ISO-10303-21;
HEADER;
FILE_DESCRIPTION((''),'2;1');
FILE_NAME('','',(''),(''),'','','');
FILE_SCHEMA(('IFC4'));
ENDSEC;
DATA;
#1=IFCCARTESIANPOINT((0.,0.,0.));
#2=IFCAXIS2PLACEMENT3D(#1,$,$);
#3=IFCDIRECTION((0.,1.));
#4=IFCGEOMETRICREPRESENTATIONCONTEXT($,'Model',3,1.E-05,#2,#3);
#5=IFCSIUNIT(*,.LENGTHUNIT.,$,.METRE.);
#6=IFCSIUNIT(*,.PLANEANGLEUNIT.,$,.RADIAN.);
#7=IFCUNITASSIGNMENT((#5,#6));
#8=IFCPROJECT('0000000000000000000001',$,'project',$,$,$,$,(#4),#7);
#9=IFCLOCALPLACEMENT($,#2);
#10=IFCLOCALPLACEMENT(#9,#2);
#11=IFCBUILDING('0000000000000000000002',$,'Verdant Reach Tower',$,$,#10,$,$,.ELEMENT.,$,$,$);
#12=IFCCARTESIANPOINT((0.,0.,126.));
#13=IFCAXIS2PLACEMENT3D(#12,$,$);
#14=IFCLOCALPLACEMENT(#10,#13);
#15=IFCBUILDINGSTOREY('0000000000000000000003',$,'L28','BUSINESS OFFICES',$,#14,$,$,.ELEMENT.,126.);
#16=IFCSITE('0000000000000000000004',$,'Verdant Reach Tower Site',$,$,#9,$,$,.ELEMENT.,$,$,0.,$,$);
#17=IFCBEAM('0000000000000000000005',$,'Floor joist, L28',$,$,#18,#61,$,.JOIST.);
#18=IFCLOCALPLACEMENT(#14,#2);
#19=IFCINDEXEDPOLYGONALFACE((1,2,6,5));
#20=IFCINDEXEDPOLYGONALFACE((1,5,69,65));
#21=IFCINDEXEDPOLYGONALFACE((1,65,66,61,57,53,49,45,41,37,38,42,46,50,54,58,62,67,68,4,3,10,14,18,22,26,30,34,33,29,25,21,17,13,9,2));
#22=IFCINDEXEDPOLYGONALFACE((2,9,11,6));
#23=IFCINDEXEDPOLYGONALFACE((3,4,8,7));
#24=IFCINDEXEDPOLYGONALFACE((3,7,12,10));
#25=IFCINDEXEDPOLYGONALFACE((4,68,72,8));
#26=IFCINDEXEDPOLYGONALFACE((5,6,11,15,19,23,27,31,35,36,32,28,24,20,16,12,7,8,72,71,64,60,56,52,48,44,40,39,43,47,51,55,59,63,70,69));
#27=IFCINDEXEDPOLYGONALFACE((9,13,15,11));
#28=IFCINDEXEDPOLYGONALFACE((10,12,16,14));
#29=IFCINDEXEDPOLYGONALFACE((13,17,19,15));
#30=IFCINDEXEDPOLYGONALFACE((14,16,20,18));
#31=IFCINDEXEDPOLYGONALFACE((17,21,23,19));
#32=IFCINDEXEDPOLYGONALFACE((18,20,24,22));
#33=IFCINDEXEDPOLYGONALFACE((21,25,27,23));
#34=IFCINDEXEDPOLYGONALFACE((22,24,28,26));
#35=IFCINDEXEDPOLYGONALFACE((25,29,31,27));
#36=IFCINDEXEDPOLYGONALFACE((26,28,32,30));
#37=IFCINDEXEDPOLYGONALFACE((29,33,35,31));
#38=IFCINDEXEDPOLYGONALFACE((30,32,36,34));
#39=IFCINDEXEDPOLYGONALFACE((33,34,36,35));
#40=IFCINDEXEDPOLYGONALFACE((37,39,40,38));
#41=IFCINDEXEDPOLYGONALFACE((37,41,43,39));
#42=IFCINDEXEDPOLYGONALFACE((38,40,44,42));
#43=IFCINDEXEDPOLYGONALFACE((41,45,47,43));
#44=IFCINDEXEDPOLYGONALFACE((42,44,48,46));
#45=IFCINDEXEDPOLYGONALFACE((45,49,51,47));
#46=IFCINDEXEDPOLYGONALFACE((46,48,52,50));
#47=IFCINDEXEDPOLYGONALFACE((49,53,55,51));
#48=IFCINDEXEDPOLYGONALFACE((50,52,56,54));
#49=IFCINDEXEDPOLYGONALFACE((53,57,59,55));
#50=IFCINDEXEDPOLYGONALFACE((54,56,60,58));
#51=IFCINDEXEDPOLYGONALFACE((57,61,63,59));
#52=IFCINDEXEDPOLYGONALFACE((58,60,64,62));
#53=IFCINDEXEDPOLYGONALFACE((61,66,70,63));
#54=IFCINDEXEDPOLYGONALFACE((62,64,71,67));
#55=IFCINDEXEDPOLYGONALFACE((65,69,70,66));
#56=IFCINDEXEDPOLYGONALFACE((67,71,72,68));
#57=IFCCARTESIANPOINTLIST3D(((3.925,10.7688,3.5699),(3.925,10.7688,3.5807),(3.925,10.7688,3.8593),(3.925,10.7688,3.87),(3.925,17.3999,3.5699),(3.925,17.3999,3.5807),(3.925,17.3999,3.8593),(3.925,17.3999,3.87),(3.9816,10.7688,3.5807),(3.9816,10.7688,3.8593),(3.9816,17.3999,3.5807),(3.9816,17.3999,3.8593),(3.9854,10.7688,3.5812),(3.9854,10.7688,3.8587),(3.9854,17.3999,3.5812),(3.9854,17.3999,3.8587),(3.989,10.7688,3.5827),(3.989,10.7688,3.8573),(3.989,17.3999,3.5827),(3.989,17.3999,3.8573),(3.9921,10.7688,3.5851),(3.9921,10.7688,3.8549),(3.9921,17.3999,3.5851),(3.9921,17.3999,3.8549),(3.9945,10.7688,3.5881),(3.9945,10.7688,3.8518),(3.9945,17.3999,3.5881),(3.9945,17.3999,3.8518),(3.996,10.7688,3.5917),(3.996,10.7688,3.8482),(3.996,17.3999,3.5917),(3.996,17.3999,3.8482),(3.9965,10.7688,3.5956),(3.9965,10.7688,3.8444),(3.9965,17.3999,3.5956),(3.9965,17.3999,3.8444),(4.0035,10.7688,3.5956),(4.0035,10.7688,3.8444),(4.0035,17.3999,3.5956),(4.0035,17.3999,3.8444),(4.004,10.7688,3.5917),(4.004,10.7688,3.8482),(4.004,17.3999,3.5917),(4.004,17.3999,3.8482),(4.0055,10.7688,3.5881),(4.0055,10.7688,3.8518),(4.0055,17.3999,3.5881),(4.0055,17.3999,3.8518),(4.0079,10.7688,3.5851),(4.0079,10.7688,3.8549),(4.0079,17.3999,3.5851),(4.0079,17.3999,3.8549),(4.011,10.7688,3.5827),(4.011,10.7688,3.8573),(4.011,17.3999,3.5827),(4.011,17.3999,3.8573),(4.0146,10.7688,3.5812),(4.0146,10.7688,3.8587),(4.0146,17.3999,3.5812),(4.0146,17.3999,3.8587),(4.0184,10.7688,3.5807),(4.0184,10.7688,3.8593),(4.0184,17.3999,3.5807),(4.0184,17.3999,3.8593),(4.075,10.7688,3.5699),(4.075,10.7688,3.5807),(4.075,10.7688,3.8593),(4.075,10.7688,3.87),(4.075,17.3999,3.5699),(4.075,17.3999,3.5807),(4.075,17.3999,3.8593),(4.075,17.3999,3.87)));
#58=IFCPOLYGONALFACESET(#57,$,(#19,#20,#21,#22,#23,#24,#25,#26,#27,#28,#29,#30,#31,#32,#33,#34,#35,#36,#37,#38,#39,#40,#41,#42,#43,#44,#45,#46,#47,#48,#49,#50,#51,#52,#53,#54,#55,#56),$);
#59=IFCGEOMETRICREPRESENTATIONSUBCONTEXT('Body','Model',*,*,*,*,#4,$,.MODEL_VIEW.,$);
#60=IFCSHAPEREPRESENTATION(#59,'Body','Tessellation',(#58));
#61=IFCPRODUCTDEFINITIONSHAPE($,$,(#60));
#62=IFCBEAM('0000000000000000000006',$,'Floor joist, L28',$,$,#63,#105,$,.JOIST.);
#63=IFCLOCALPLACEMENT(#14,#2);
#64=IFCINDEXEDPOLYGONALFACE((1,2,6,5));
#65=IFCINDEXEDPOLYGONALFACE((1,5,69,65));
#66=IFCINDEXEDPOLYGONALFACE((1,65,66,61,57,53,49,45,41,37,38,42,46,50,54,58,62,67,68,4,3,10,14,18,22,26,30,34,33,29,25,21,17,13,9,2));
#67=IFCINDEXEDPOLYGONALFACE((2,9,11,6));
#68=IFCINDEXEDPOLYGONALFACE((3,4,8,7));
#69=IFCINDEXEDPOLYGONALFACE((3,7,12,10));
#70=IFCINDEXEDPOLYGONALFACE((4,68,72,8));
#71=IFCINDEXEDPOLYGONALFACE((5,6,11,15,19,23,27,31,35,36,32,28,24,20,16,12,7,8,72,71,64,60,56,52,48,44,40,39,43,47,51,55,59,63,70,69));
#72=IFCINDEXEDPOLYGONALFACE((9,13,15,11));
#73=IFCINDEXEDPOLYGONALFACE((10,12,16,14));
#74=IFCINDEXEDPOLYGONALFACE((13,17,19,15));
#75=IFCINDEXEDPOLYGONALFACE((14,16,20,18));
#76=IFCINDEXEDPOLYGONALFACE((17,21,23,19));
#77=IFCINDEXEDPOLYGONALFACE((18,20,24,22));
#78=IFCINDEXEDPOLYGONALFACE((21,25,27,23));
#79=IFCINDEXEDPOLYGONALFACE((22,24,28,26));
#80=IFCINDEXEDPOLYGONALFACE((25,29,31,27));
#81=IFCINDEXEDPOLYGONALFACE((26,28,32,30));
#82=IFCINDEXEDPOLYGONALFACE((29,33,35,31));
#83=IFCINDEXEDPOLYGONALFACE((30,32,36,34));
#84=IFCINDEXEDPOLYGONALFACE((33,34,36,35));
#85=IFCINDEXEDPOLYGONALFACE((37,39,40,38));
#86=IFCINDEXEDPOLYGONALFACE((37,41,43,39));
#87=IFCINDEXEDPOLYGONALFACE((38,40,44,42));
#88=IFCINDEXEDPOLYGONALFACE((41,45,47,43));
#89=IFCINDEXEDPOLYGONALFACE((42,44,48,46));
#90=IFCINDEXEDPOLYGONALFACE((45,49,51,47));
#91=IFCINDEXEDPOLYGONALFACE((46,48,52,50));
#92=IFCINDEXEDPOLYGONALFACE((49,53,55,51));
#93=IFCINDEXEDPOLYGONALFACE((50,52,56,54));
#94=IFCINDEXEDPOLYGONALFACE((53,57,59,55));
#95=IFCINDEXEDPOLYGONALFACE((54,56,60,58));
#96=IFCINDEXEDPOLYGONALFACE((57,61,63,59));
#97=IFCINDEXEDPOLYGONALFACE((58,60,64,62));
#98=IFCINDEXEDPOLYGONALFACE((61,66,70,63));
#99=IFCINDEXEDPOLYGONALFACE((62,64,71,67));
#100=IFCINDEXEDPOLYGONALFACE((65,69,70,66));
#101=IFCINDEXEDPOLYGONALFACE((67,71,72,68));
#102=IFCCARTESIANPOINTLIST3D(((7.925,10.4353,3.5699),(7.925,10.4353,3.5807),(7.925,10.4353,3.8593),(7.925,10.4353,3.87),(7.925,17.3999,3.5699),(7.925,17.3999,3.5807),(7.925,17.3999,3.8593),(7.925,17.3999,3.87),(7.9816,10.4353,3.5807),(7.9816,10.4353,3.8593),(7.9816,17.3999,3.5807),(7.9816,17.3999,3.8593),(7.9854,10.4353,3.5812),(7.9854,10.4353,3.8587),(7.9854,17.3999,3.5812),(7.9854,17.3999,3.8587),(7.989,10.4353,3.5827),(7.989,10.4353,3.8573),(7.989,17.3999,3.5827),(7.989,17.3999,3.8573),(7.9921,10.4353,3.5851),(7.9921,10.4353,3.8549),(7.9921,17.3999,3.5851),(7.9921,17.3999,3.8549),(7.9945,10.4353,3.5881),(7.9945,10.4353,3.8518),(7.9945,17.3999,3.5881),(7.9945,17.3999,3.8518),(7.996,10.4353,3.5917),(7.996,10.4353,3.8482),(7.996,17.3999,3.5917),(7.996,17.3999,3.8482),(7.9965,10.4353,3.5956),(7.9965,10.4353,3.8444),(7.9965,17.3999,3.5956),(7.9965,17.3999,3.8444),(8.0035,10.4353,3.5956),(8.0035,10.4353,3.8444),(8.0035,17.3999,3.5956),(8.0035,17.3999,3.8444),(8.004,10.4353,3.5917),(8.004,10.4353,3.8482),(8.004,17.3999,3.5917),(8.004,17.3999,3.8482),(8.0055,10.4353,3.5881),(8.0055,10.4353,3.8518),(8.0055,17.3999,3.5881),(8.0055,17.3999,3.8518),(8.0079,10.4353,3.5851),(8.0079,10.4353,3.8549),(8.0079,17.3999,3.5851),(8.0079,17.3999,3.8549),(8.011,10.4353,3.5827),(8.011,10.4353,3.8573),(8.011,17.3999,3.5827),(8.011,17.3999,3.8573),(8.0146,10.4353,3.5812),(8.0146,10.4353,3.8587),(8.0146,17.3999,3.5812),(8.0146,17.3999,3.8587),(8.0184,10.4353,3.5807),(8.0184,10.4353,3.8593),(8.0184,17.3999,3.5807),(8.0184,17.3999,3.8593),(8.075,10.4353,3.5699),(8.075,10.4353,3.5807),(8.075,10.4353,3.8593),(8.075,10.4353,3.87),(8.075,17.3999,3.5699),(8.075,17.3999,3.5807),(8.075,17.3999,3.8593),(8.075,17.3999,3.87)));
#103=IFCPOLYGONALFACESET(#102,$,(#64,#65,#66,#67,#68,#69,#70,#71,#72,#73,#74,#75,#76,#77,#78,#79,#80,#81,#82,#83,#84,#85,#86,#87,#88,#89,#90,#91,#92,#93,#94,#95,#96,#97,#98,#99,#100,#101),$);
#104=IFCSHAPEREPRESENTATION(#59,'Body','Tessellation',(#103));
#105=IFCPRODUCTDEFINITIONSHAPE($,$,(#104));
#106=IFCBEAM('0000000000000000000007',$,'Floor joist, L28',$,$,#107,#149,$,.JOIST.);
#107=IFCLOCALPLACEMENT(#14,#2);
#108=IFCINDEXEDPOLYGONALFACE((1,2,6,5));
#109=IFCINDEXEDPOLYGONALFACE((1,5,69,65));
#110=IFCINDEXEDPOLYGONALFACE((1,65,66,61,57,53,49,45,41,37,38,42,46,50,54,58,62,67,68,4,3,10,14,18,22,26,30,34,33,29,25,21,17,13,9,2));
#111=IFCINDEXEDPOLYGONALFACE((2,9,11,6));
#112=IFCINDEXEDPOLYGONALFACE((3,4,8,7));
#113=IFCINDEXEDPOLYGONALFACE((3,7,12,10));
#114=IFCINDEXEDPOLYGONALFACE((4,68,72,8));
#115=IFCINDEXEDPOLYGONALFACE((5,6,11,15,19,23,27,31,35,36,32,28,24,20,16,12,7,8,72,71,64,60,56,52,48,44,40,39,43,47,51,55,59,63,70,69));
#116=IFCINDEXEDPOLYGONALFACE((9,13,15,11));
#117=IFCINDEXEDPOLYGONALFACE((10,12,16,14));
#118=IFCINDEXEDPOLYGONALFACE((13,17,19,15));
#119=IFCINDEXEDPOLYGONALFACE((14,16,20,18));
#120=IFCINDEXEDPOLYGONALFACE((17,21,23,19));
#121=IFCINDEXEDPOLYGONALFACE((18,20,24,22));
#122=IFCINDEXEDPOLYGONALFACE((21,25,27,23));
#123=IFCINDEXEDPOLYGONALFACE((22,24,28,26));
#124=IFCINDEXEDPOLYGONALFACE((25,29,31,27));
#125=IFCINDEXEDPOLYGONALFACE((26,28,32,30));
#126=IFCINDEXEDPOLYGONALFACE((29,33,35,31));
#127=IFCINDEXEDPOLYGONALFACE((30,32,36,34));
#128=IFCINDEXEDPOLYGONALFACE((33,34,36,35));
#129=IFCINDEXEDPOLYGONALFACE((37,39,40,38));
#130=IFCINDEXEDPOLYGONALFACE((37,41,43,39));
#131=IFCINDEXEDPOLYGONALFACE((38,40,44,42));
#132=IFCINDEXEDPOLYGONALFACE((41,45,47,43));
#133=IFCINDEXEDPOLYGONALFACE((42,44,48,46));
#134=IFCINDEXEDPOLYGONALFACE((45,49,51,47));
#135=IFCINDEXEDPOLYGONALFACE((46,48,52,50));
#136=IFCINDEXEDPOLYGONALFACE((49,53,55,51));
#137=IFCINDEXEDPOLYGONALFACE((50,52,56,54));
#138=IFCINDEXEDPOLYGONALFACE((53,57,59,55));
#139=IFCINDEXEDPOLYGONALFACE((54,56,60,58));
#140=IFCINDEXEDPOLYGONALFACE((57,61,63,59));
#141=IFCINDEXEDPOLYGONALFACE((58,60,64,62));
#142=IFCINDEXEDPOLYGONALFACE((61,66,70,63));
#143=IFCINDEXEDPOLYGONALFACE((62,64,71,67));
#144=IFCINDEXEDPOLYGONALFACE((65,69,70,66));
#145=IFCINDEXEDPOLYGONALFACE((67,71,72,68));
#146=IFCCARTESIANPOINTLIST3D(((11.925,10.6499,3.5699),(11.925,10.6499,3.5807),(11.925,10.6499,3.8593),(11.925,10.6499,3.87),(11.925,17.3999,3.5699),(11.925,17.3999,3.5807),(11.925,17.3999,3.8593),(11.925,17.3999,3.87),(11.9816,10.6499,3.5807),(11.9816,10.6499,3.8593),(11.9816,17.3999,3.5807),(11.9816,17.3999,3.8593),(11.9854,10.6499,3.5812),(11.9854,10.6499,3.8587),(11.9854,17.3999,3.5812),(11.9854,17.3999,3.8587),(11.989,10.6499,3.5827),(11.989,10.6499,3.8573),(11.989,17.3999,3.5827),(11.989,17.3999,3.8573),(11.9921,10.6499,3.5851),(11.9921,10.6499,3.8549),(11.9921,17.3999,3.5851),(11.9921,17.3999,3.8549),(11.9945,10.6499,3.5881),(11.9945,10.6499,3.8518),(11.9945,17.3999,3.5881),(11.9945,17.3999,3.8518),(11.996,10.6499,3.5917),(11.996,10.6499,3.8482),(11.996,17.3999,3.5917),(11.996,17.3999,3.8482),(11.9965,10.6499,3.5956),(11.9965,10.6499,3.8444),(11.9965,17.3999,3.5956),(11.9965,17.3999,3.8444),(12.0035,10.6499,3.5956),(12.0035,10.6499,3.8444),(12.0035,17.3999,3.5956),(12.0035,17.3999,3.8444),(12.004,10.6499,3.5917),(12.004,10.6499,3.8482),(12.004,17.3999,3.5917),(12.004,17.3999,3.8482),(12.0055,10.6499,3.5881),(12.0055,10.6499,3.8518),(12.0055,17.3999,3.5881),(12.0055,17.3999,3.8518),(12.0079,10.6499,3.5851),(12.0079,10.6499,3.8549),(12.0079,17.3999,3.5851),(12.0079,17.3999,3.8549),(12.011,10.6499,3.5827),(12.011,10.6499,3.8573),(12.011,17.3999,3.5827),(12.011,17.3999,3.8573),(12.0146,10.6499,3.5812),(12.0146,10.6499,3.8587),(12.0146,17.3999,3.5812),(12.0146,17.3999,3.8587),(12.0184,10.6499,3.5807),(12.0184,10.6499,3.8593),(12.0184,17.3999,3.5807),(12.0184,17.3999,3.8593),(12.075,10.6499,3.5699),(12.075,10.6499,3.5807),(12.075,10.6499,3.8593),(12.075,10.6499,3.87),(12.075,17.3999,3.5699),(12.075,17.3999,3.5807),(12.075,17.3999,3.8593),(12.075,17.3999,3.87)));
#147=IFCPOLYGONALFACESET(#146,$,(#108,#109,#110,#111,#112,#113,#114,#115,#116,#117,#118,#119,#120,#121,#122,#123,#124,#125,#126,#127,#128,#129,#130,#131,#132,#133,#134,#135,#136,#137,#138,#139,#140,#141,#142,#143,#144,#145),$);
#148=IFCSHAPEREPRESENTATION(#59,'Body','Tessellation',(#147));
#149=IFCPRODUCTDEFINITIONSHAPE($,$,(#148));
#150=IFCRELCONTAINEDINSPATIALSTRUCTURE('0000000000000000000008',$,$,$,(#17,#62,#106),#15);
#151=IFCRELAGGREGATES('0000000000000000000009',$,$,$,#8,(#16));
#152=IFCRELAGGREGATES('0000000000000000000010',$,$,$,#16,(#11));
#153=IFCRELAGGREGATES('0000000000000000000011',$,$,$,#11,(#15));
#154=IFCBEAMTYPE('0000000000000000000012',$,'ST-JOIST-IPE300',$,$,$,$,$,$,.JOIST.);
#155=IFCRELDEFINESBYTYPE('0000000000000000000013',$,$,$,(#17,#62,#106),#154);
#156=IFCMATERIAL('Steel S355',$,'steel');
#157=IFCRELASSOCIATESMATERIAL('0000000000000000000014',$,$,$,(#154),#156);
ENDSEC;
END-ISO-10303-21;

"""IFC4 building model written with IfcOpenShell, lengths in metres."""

from ifc_helpers import new_model, si_unit, direction, frame, origin, origin_2d, place, context, subcontext, project, spatial, i_section, extrude, material, material_profile, profile_set, type_object, element, save


model = new_model("IFC4")

# Units and contexts
model_context = context("Model", 3, precision=1e-05, world=origin(), true_north=direction((0.0, 1.0)))
body_context = subcontext(model_context, "Body", "Model", "MODEL_VIEW")
ifc_project = project(units=[si_unit("LENGTHUNIT", "METRE"), si_unit("PLANEANGLEUNIT", "RADIAN")], contexts=[model_context])

# Site, building, storey
site_placement = place(None, origin())
site = spatial("IfcSite", under=ifc_project, at=site_placement, Name="Verdant Reach Tower Site", CompositionType="ELEMENT", RefElevation=0.0)
building_placement = place(site_placement, origin())
building = spatial("IfcBuilding", under=site, at=building_placement, Name="Verdant Reach Tower", CompositionType="ELEMENT")
storey_placement = place(building_placement, frame((0.0, 0.0, 126.0)))
storey = spatial("IfcBuildingStorey", under=building, at=storey_placement, Name="L28", Description="BUSINESS OFFICES", CompositionType="ELEMENT", Elevation=126.0)

# Beams
ifc_material_1 = material(Name="Steel S355", Category="steel")
ifc_material_profile = material_profile(ifc_material_1, i_section(OverallWidth=0.1499, OverallDepth=0.3, WebThickness=0.0071, FlangeThickness=0.0107, FilletRadius=0.0149, at=origin_2d()), Name="IPE 300")
ifc_profile_set = profile_set([ifc_material_profile], Name="Steel S355")
beam_type = type_object("IfcBeamType", Name="ST-JOIST-IPE300", PredefinedType="JOIST", material=ifc_profile_set)
beam_1_placement = place(storey_placement, frame((4.0, 17.3999, 3.72), z_axis=(0.0, -1.0, 0.0), x_axis=(1.0, 0.0, 0.0)))
element("IfcBeam", 1, at=beam_1_placement, inside=storey, type_object=beam_type, Name="Floor joist, L28", PredefinedType="JOIST", context=body_context, shape_type="SweptSolid", body=[
    extrude(i_section(OverallWidth=0.1499, OverallDepth=0.3, WebThickness=0.0071, FlangeThickness=0.0107, FilletRadius=0.0149, at=origin_2d()), origin(), (0.0, 0.0, 1.0), 6.6311),
])
beam_2_placement = place(storey_placement, frame((8.0, 17.3999, 3.72), z_axis=(0.0, -1.0, 0.0), x_axis=(1.0, 0.0, 0.0)))
element("IfcBeam", 2, at=beam_2_placement, inside=storey, type_object=beam_type, Name="Floor joist, L28", PredefinedType="JOIST", context=body_context, shape_type="SweptSolid", body=[
    extrude(i_section(OverallWidth=0.1499, OverallDepth=0.3, WebThickness=0.0071, FlangeThickness=0.0107, FilletRadius=0.0149, at=origin_2d()), origin(), (0.0, 0.0, 1.0), 6.9646),
])
beam_3_placement = place(storey_placement, frame((12.0, 17.3999, 3.72), z_axis=(0.0, -1.0, 0.0), x_axis=(1.0, 0.0, 0.0)))
element("IfcBeam", 3, at=beam_3_placement, inside=storey, type_object=beam_type, Name="Floor joist, L28", PredefinedType="JOIST", context=body_context, shape_type="SweptSolid", body=[
    extrude(i_section(OverallWidth=0.1499, OverallDepth=0.3, WebThickness=0.0071, FlangeThickness=0.0107, FilletRadius=0.0149, at=origin_2d()), origin(), (0.0, 0.0, 1.0), 6.75),
])

save(model, "model.ifc")
